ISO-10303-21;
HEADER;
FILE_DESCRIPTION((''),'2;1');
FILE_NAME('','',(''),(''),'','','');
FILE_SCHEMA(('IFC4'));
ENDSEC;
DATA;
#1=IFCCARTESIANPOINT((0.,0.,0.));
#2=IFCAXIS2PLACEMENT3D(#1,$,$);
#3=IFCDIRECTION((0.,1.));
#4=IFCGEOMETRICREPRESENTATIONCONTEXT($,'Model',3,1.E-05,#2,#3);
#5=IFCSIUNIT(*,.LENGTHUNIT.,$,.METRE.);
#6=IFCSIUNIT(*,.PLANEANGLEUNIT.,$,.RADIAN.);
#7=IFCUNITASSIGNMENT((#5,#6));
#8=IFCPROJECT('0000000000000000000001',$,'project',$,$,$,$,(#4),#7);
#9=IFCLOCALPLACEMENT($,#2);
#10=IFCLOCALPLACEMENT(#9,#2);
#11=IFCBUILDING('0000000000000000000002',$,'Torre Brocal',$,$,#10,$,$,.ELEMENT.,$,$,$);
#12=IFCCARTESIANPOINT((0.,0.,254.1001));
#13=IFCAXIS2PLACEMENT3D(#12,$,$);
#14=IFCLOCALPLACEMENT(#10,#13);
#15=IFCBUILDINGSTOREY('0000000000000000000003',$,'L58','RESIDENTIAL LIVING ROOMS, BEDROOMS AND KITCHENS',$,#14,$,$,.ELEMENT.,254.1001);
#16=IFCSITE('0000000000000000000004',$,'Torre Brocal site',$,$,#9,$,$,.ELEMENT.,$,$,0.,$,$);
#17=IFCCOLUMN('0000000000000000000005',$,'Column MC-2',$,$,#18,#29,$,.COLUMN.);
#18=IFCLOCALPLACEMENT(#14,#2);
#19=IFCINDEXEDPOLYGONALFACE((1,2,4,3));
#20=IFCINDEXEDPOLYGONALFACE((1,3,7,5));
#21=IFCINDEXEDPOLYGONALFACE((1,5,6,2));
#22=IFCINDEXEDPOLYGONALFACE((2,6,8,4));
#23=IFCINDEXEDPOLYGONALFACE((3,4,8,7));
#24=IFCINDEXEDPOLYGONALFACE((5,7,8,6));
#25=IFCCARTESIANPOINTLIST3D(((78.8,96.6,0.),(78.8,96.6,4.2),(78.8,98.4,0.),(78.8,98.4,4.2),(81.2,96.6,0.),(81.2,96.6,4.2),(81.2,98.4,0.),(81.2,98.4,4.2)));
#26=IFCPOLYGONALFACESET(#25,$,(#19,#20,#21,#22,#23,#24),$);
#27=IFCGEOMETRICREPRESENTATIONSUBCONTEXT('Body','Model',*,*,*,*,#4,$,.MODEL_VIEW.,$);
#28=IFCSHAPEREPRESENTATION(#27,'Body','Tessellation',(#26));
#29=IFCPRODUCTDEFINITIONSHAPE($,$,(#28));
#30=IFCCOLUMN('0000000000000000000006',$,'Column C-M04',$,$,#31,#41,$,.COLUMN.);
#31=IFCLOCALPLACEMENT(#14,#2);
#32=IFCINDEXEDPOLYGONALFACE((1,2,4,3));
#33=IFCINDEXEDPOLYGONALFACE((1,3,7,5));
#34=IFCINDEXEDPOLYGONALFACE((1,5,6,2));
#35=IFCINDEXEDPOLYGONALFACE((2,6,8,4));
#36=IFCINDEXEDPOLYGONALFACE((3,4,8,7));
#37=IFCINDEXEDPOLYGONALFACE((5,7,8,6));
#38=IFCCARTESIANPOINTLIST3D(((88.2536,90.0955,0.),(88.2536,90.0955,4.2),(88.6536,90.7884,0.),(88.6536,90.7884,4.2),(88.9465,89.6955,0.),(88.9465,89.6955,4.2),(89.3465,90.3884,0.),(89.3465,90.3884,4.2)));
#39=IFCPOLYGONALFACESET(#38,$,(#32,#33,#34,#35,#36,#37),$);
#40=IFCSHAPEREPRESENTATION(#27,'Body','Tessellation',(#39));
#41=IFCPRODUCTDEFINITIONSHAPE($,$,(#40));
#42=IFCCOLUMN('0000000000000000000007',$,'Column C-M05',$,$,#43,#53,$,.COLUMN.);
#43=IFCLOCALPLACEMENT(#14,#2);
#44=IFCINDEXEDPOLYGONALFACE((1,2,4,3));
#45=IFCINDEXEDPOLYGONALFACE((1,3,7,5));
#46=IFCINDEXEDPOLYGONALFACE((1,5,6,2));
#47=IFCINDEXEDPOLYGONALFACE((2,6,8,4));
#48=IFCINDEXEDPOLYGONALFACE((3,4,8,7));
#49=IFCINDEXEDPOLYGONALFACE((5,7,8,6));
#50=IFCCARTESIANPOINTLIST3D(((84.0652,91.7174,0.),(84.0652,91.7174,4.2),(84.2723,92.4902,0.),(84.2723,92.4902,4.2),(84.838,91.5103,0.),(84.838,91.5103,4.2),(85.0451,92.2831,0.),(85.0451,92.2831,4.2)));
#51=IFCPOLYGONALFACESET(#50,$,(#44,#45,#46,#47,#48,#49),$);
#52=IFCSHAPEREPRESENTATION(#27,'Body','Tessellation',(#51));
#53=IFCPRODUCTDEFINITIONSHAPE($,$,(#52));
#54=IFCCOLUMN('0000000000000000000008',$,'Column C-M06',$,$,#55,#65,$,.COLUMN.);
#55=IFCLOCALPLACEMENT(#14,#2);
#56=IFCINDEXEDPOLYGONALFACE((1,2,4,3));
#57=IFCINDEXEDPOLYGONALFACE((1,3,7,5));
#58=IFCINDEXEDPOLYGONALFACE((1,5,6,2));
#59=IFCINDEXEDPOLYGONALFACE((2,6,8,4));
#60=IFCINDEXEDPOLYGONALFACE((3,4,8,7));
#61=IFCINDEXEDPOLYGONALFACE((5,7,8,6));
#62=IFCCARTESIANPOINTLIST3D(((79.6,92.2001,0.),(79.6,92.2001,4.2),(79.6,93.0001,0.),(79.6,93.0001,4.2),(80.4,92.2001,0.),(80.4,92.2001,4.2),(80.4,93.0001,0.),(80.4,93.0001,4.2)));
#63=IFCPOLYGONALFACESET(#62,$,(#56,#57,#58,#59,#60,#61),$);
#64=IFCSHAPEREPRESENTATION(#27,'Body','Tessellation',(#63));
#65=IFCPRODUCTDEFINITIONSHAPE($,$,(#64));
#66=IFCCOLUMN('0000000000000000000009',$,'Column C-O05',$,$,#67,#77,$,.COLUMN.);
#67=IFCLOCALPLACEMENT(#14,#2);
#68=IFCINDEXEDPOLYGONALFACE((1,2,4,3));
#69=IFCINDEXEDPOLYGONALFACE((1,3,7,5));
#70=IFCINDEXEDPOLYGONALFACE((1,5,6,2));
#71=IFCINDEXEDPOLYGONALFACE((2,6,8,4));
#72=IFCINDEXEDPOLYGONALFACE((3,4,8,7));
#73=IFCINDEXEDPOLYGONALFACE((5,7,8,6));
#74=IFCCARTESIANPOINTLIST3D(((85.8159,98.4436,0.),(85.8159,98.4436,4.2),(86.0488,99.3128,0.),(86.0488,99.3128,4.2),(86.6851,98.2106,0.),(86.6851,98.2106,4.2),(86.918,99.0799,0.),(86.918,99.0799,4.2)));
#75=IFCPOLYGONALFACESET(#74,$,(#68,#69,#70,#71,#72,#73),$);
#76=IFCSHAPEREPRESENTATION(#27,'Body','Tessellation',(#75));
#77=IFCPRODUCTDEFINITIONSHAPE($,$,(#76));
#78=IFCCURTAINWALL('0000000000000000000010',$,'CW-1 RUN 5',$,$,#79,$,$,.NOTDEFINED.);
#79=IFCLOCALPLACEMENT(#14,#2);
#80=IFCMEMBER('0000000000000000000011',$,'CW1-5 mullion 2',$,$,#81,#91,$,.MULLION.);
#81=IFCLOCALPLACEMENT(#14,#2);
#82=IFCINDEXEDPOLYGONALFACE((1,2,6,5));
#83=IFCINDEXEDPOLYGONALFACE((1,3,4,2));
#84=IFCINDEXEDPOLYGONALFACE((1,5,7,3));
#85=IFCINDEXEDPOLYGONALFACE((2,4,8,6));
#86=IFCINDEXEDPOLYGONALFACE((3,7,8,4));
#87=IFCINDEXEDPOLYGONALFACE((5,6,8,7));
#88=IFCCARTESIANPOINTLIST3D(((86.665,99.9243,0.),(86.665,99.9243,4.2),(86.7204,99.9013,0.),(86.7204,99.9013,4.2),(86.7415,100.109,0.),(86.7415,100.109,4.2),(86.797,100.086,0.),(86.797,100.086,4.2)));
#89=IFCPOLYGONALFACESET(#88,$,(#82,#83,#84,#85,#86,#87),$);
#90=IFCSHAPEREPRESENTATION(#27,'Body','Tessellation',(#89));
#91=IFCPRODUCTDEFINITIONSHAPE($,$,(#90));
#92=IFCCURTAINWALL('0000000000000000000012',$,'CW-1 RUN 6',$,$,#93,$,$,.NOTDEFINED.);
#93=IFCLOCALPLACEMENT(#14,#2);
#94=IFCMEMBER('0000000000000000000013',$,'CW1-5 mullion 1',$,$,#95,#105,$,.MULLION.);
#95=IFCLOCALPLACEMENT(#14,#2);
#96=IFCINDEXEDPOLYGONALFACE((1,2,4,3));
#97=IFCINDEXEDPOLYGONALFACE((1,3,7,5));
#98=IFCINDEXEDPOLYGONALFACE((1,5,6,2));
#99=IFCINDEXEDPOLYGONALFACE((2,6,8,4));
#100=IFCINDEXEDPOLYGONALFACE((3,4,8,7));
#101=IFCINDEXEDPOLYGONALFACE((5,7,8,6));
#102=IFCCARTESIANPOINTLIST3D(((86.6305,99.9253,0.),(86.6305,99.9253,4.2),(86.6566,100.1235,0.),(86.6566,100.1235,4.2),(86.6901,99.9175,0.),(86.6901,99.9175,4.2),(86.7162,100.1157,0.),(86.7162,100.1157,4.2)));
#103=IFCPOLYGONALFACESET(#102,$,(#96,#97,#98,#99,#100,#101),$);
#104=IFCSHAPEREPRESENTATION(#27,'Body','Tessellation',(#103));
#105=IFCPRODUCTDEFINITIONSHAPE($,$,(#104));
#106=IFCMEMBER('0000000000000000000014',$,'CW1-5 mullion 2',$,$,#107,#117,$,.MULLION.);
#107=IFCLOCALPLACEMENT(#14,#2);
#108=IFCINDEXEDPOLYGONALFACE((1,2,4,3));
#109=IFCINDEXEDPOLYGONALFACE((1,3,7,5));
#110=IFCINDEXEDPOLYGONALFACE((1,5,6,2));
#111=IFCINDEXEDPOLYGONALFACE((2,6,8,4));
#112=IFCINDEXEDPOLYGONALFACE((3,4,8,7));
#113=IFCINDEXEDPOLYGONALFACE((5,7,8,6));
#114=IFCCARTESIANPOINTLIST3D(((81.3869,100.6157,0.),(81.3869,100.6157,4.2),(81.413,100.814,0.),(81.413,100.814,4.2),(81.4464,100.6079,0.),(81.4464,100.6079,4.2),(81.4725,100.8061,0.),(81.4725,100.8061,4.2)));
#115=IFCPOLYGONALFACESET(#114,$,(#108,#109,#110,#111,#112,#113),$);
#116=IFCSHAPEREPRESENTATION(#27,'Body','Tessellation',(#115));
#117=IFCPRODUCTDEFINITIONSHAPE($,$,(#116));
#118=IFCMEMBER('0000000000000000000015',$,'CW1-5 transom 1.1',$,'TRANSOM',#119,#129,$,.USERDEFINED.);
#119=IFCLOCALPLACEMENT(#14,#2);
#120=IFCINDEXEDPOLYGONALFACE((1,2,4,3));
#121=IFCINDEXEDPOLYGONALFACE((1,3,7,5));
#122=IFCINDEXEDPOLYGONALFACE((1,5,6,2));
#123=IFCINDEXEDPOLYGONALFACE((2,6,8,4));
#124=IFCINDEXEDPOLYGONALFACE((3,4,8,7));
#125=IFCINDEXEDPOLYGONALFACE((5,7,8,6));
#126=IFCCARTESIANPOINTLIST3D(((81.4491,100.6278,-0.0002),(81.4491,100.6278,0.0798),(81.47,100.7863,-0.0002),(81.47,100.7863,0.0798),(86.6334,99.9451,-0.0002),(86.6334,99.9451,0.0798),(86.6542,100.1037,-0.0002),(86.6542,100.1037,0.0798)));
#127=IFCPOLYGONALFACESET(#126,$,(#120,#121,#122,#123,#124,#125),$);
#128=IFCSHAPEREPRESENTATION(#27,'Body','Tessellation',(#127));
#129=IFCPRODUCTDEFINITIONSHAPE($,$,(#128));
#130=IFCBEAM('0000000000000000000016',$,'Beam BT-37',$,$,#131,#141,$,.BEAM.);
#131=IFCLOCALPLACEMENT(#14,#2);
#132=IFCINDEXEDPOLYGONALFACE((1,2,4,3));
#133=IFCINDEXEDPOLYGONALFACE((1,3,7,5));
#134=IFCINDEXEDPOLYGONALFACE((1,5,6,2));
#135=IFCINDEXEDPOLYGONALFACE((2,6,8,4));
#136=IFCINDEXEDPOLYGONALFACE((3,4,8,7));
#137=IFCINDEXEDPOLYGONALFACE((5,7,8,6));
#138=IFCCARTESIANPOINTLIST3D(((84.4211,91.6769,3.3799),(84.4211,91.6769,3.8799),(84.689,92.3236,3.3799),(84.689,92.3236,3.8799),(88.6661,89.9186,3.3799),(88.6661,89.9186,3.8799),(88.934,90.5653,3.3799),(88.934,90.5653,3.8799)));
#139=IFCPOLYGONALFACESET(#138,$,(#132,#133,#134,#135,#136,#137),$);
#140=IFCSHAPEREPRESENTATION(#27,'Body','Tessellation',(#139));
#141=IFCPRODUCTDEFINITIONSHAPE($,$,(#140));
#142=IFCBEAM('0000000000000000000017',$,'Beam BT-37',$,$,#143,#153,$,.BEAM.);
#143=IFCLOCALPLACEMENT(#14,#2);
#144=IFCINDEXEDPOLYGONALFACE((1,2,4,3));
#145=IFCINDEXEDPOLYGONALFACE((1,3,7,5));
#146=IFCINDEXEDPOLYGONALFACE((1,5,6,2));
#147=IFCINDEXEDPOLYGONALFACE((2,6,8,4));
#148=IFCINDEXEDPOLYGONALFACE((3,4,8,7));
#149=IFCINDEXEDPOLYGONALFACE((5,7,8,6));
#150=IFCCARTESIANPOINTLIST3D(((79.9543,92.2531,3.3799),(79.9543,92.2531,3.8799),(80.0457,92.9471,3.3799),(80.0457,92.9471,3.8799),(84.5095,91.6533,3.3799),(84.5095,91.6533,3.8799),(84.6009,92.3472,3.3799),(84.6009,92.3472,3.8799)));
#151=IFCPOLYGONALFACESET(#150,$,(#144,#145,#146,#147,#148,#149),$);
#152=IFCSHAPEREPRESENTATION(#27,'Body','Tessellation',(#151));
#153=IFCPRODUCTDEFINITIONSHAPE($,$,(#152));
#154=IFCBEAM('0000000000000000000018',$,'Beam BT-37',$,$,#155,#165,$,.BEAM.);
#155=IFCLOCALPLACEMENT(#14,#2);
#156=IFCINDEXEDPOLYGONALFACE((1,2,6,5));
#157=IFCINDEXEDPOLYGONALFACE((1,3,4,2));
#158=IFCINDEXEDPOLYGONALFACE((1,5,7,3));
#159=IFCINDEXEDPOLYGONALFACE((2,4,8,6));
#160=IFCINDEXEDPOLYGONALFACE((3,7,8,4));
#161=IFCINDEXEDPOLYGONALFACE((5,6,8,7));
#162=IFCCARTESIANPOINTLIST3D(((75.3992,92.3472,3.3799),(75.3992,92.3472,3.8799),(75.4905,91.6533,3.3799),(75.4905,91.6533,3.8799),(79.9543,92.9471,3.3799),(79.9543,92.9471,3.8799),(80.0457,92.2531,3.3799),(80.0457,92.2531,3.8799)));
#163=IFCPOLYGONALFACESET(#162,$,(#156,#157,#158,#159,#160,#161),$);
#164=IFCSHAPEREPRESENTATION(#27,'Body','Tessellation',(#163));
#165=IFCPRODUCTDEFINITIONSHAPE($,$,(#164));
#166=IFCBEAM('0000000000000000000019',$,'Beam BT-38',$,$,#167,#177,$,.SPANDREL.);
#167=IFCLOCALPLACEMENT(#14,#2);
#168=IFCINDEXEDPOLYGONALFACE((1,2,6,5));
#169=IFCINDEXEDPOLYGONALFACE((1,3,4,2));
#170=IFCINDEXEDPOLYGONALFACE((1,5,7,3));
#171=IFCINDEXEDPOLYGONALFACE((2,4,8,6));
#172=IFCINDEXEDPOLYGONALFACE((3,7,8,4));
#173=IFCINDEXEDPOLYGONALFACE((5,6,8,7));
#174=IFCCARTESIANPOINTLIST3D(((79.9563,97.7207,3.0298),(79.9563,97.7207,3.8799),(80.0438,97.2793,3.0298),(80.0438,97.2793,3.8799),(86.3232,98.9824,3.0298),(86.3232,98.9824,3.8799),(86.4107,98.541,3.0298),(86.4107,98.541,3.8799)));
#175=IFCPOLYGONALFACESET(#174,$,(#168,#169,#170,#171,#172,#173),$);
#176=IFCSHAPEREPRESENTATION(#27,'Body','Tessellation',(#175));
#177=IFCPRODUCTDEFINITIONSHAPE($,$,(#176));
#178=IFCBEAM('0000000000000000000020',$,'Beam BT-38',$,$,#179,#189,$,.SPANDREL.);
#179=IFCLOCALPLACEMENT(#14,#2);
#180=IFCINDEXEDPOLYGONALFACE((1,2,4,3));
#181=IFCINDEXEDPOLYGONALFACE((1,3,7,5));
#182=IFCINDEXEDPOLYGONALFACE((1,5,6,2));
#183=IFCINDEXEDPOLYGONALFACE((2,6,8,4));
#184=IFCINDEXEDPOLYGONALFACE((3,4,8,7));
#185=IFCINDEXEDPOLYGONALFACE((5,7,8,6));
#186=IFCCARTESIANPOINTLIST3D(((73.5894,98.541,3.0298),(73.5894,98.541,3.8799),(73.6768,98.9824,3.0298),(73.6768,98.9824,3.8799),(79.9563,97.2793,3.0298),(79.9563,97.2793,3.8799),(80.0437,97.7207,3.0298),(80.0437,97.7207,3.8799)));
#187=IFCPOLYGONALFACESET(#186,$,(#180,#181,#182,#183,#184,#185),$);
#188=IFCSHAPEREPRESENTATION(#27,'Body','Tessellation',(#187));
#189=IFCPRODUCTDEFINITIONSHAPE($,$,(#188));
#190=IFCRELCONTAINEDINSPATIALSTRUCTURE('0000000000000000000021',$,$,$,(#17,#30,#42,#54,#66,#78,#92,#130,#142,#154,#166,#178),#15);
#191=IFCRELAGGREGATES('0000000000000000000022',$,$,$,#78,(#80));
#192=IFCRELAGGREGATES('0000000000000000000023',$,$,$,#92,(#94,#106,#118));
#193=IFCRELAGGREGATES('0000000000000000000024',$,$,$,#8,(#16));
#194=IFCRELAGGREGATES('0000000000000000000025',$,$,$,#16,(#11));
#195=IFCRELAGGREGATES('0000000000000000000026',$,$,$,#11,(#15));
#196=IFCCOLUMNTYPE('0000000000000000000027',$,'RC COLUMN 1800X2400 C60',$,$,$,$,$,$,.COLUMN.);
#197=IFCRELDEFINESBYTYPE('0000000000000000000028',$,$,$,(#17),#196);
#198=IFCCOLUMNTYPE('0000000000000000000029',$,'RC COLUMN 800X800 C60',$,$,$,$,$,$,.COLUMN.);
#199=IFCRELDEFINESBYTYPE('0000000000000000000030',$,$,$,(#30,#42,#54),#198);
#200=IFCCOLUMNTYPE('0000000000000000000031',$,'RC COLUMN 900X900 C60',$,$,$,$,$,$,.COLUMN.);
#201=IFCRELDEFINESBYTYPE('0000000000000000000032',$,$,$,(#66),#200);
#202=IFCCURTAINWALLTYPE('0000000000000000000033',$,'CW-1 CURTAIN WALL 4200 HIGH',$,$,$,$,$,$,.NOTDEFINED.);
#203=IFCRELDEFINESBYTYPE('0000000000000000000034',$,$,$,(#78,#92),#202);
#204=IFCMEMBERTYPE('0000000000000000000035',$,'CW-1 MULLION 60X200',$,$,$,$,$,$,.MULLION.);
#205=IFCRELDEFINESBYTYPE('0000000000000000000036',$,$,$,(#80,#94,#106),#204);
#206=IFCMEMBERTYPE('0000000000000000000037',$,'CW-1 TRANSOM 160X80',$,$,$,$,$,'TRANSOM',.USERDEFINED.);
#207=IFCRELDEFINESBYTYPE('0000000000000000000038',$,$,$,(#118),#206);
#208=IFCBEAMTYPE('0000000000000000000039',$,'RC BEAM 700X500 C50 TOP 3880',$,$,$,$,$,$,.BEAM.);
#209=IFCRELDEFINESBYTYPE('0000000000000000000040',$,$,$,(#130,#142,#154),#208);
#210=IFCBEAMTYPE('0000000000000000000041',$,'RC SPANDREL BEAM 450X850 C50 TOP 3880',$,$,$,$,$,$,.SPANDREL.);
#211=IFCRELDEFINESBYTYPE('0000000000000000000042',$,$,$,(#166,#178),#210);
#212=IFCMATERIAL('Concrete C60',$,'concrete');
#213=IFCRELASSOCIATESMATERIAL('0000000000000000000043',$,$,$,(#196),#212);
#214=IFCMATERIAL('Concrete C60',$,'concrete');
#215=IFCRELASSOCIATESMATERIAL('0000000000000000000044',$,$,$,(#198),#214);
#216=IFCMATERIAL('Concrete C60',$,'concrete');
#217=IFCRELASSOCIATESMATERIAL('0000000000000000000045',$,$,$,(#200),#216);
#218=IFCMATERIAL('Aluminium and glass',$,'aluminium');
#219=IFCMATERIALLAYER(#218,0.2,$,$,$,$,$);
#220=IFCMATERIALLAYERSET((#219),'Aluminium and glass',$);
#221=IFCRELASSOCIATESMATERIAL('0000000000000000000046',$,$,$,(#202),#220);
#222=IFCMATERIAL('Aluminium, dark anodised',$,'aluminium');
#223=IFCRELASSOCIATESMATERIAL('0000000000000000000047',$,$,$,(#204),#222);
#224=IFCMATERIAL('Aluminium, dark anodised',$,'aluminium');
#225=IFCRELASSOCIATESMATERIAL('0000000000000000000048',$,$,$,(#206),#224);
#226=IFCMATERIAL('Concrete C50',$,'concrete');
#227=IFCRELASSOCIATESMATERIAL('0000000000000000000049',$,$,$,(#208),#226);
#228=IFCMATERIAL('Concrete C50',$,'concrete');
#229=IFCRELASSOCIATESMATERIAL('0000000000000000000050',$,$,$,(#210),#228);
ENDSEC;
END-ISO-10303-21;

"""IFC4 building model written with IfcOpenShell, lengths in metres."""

from ifc_helpers import new_model, si_unit, direction, frame, origin, origin_2d, place, context, subcontext, project, spatial, rectangle, extrude, material, layer, layer_set, material_profile, profile_set, type_object, element, aggregate, save


model = new_model("IFC4")

# Units and contexts
model_context = context("Model", 3, precision=1e-05, world=origin(), true_north=direction((0.0, 1.0)))
body_context = subcontext(model_context, "Body", "Model", "MODEL_VIEW")
ifc_project = project(units=[si_unit("LENGTHUNIT", "METRE"), si_unit("PLANEANGLEUNIT", "RADIAN")], contexts=[model_context])

# Site, building, storey
site_placement = place(None, origin())
site = spatial("IfcSite", under=ifc_project, at=site_placement, Name="Torre Brocal site", CompositionType="ELEMENT", RefElevation=0.0)
building_placement = place(site_placement, origin())
building = spatial("IfcBuilding", under=site, at=building_placement, Name="Torre Brocal", CompositionType="ELEMENT")
storey_placement = place(building_placement, frame((0.0, 0.0, 254.1001)))
storey = spatial("IfcBuildingStorey", under=building, at=storey_placement, Name="L58", Description="RESIDENTIAL LIVING ROOMS, BEDROOMS AND KITCHENS", CompositionType="ELEMENT", Elevation=254.1001)

# Columns
ifc_material_1 = material(Name="Concrete C60", Category="concrete")
ifc_material_profile_1 = material_profile(ifc_material_1, rectangle(XDim=1.8, YDim=2.3999, at=origin_2d()), Name="RC 1800X2400")
ifc_profile_set_1 = profile_set([ifc_material_profile_1], Name="Concrete C60")
column_type_1 = type_object("IfcColumnType", Name="RC COLUMN 1800X2400 C60", PredefinedType="COLUMN", material=ifc_profile_set_1)
column_1_placement = place(storey_placement, frame((80.0, 97.5, 0.0), z_axis=(0.0, 0.0, 1.0), x_axis=(0.0, 1.0, 0.0)))
element("IfcColumn", 1, at=column_1_placement, inside=storey, type_object=column_type_1, Name="Column MC-2", PredefinedType="COLUMN", context=body_context, shape_type="SweptSolid", body=[
    extrude(rectangle(XDim=1.8, YDim=2.3999, at=origin_2d()), origin(), (0.0, 0.0, 1.0), 4.2),
])
ifc_material_2 = material(Name="Concrete C60", Category="concrete")
ifc_material_profile_2 = material_profile(ifc_material_2, rectangle(XDim=0.8, YDim=0.8, at=origin_2d()), Name="RC 800X800")
ifc_profile_set_2 = profile_set([ifc_material_profile_2], Name="Concrete C60")
column_type_2 = type_object("IfcColumnType", Name="RC COLUMN 800X800 C60", PredefinedType="COLUMN", material=ifc_profile_set_2)
for number, where, z_axis, x_axis, name in (
    (2, (88.8, 90.2419, 0.0), (0.0, 0.0, 1.0), (0.5, 0.866025, 0.0), "Column C-M04"),
    (3, (84.5552, 92.0002, 0.0), (0.0, 0.0, 1.0), (0.258819, 0.965926, 0.0), "Column C-M05"),
    (4, (80.0, 92.6001, 0.0), (0.0, 0.0, 1.0), (0.0, 1.0, 0.0), "Column C-M06"),
):
    element("IfcColumn", number, at=place(storey_placement, frame(where, z_axis=z_axis, x_axis=x_axis)), inside=storey, type_object=column_type_2, Name=name, PredefinedType="COLUMN", context=body_context, shape_type="SweptSolid", body=[
        extrude(rectangle(XDim=0.8, YDim=0.8, at=origin_2d()), origin(), (0.0, 0.0, 1.0), 4.2),
    ])
ifc_material_3 = material(Name="Concrete C60", Category="concrete")
ifc_material_profile_3 = material_profile(ifc_material_3, rectangle(XDim=0.8999, YDim=0.8999, at=origin_2d()), Name="RC 900X900")
ifc_profile_set_3 = profile_set([ifc_material_profile_3], Name="Concrete C60")
column_type_3 = type_object("IfcColumnType", Name="RC COLUMN 900X900 C60", PredefinedType="COLUMN", material=ifc_profile_set_3)
column_2_placement = place(storey_placement, frame((86.3669, 98.7617, 0.0), z_axis=(0.0, 0.0, 1.0), x_axis=(0.258819, 0.965926, 0.0)))
element("IfcColumn", 5, at=column_2_placement, inside=storey, type_object=column_type_3, Name="Column C-O05", PredefinedType="COLUMN", context=body_context, shape_type="SweptSolid", body=[
    extrude(rectangle(XDim=0.8999, YDim=0.8999, at=origin_2d()), origin(), (0.0, 0.0, 1.0), 4.2),
])

# Curtain wall, member
ifc_material_4 = material(Name="Aluminium and glass", Category="aluminium")
ifc_layer_1 = layer(ifc_material_4, 0.2)
ifc_layer_set_1 = layer_set([ifc_layer_1], Name="Aluminium and glass")
curtain_wall_type = type_object("IfcCurtainWallType", Name="CW-1 CURTAIN WALL 4200 HIGH", PredefinedType="NOTDEFINED", material=ifc_layer_set_1)
curtain_wall_1_placement = place(storey_placement, origin())
curtain_wall_1 = element("IfcCurtainWall", 6, at=curtain_wall_1_placement, inside=storey, type_object=curtain_wall_type, Name="CW-1 RUN 5", PredefinedType="NOTDEFINED")
ifc_material_5 = material(Name="Aluminium, dark anodised", Category="aluminium")
ifc_material_profile_4 = material_profile(ifc_material_5, rectangle(XDim=0.2, YDim=0.0601, at=origin_2d()), Name="CW-1 MULLION 60X200")
ifc_profile_set_4 = profile_set([ifc_material_profile_4], Name="Aluminium, dark anodised")
member_type_1 = type_object("IfcMemberType", Name="CW-1 MULLION 60X200", PredefinedType="MULLION", material=ifc_profile_set_4)
member_1_placement = place(storey_placement, frame((86.731, 100.0051, 0.0), z_axis=(0.0, 0.0, 1.0), x_axis=(-0.382683, -0.92388, 0.0)))
member_1 = element("IfcMember", 7, at=member_1_placement, type_object=member_type_1, Name="CW1-5 mullion 2", PredefinedType="MULLION", context=body_context, shape_type="SweptSolid", body=[
    extrude(rectangle(XDim=0.2, YDim=0.0601, at=origin_2d()), origin(), (0.0, 0.0, 1.0), 4.2),
])

# Curtain wall, members
curtain_wall_2_placement = place(storey_placement, origin())
curtain_wall_2 = element("IfcCurtainWall", 8, at=curtain_wall_2_placement, inside=storey, type_object=curtain_wall_type, Name="CW-1 RUN 6", PredefinedType="NOTDEFINED")
member_2_placement = place(storey_placement, frame((86.6733, 100.0205, 0.0), z_axis=(0.0, 0.0, 1.0), x_axis=(-0.130526, -0.991445, 0.0)))
member_2 = element("IfcMember", 9, at=member_2_placement, type_object=member_type_1, Name="CW1-5 mullion 1", PredefinedType="MULLION", context=body_context, shape_type="SweptSolid", body=[
    extrude(rectangle(XDim=0.2, YDim=0.0601, at=origin_2d()), origin(), (0.0, 0.0, 1.0), 4.2),
])
member_3_placement = place(storey_placement, frame((81.4297, 100.7109, 0.0), z_axis=(0.0, 0.0, 1.0), x_axis=(-0.130526, -0.991445, 0.0)))
member_3 = element("IfcMember", 10, at=member_3_placement, type_object=member_type_1, Name="CW1-5 mullion 2", PredefinedType="MULLION", context=body_context, shape_type="SweptSolid", body=[
    extrude(rectangle(XDim=0.2, YDim=0.0601, at=origin_2d()), origin(), (0.0, 0.0, 1.0), 4.2),
])
ifc_material_6 = material(Name="Aluminium, dark anodised", Category="aluminium")
ifc_material_profile_5 = material_profile(ifc_material_6, rectangle(XDim=0.1599, YDim=0.0801, at=origin_2d()), Name="CW-1 TRANSOM 160X80")
ifc_profile_set_5 = profile_set([ifc_material_profile_5], Name="Aluminium, dark anodised")
member_type_2 = type_object("IfcMemberType", Name="CW-1 TRANSOM 160X80", ElementType="TRANSOM", PredefinedType="USERDEFINED", material=ifc_profile_set_5)
member_4_placement = place(storey_placement, frame((86.6438, 100.0244, 0.0398), z_axis=(-0.991443, 0.130543, 0.0), x_axis=(-0.130543, -0.991443, 0.0)))
member_4 = element("IfcMember", 11, at=member_4_placement, type_object=member_type_2, Name="CW1-5 transom 1.1", ObjectType="TRANSOM", PredefinedType="USERDEFINED", context=body_context, shape_type="SweptSolid", body=[
    extrude(rectangle(XDim=0.1599, YDim=0.0801, at=origin_2d()), origin(), (0.0, 0.0, 1.0), 5.229),
])

# Beams
ifc_material_7 = material(Name="Concrete C50", Category="concrete")
ifc_material_profile_6 = material_profile(ifc_material_7, rectangle(XDim=0.7, YDim=0.5, at=origin_2d()), Name="RC 700X500")
ifc_profile_set_6 = profile_set([ifc_material_profile_6], Name="Concrete C50")
beam_type_1 = type_object("IfcBeamType", Name="RC BEAM 700X500 C50 TOP 3880", PredefinedType="BEAM", material=ifc_profile_set_6)
beam_placement = place(storey_placement, frame((88.8, 90.2419, 3.6299), z_axis=(-0.923878, 0.382687, 0.0), x_axis=(-0.382687, -0.923878, 0.0)))
element("IfcBeam", 12, at=beam_placement, inside=storey, type_object=beam_type_1, Name="Beam BT-37", PredefinedType="BEAM", context=body_context, shape_type="SweptSolid", body=[
    extrude(rectangle(XDim=0.7, YDim=0.5, at=origin_2d()), origin(), (0.0, 0.0, 1.0), 4.5947),
])
for number, where, z_axis, x_axis, name in (
    (13, (84.5552, 92.0002, 3.6299), (-0.991441, 0.130559, 0.0), (-0.130559, -0.991441, 0.0), "Beam BT-37"),
    (14, (80.0, 92.6001, 3.6299), (-0.991441, -0.130559, 0.0), (0.130559, -0.991441, 0.0), "Beam BT-37"),
):
    element("IfcBeam", number, at=place(storey_placement, frame(where, z_axis=z_axis, x_axis=x_axis)), inside=storey, type_object=beam_type_1, Name=name, PredefinedType="BEAM", context=body_context, shape_type="SweptSolid", body=[
        extrude(rectangle(XDim=0.7, YDim=0.5, at=origin_2d()), origin(), (0.0, 0.0, 1.0), 4.5945),
    ])
ifc_material_8 = material(Name="Concrete C50", Category="concrete")
ifc_material_profile_7 = material_profile(ifc_material_8, rectangle(XDim=0.45, YDim=0.8501, at=origin_2d()), Name="RC 450X850")
ifc_profile_set_7 = profile_set([ifc_material_profile_7], Name="Concrete C50")
beam_type_2 = type_object("IfcBeamType", Name="RC SPANDREL BEAM 450X850 C50 TOP 3880", PredefinedType="SPANDREL", material=ifc_profile_set_7)
for number, where, z_axis, x_axis, name in (
    (15, (86.3669, 98.7617, 3.4548), (-0.980925, -0.194387, 0.0), (0.194387, -0.980925, 0.0), "Beam BT-38"),
    (16, (80.0, 97.5, 3.4548), (-0.980925, 0.194387, 0.0), (-0.194387, -0.980925, 0.0), "Beam BT-38"),
):
    element("IfcBeam", number, at=place(storey_placement, frame(where, z_axis=z_axis, x_axis=x_axis)), inside=storey, type_object=beam_type_2, Name=name, PredefinedType="SPANDREL", context=body_context, shape_type="SweptSolid", body=[
        extrude(rectangle(XDim=0.45, YDim=0.8501, at=origin_2d()), origin(), (0.0, 0.0, 1.0), 6.4907),
    ])

aggregate(curtain_wall_1, [member_1])
aggregate(curtain_wall_2, [member_2, member_3, member_4])

save(model, "model.ifc")
